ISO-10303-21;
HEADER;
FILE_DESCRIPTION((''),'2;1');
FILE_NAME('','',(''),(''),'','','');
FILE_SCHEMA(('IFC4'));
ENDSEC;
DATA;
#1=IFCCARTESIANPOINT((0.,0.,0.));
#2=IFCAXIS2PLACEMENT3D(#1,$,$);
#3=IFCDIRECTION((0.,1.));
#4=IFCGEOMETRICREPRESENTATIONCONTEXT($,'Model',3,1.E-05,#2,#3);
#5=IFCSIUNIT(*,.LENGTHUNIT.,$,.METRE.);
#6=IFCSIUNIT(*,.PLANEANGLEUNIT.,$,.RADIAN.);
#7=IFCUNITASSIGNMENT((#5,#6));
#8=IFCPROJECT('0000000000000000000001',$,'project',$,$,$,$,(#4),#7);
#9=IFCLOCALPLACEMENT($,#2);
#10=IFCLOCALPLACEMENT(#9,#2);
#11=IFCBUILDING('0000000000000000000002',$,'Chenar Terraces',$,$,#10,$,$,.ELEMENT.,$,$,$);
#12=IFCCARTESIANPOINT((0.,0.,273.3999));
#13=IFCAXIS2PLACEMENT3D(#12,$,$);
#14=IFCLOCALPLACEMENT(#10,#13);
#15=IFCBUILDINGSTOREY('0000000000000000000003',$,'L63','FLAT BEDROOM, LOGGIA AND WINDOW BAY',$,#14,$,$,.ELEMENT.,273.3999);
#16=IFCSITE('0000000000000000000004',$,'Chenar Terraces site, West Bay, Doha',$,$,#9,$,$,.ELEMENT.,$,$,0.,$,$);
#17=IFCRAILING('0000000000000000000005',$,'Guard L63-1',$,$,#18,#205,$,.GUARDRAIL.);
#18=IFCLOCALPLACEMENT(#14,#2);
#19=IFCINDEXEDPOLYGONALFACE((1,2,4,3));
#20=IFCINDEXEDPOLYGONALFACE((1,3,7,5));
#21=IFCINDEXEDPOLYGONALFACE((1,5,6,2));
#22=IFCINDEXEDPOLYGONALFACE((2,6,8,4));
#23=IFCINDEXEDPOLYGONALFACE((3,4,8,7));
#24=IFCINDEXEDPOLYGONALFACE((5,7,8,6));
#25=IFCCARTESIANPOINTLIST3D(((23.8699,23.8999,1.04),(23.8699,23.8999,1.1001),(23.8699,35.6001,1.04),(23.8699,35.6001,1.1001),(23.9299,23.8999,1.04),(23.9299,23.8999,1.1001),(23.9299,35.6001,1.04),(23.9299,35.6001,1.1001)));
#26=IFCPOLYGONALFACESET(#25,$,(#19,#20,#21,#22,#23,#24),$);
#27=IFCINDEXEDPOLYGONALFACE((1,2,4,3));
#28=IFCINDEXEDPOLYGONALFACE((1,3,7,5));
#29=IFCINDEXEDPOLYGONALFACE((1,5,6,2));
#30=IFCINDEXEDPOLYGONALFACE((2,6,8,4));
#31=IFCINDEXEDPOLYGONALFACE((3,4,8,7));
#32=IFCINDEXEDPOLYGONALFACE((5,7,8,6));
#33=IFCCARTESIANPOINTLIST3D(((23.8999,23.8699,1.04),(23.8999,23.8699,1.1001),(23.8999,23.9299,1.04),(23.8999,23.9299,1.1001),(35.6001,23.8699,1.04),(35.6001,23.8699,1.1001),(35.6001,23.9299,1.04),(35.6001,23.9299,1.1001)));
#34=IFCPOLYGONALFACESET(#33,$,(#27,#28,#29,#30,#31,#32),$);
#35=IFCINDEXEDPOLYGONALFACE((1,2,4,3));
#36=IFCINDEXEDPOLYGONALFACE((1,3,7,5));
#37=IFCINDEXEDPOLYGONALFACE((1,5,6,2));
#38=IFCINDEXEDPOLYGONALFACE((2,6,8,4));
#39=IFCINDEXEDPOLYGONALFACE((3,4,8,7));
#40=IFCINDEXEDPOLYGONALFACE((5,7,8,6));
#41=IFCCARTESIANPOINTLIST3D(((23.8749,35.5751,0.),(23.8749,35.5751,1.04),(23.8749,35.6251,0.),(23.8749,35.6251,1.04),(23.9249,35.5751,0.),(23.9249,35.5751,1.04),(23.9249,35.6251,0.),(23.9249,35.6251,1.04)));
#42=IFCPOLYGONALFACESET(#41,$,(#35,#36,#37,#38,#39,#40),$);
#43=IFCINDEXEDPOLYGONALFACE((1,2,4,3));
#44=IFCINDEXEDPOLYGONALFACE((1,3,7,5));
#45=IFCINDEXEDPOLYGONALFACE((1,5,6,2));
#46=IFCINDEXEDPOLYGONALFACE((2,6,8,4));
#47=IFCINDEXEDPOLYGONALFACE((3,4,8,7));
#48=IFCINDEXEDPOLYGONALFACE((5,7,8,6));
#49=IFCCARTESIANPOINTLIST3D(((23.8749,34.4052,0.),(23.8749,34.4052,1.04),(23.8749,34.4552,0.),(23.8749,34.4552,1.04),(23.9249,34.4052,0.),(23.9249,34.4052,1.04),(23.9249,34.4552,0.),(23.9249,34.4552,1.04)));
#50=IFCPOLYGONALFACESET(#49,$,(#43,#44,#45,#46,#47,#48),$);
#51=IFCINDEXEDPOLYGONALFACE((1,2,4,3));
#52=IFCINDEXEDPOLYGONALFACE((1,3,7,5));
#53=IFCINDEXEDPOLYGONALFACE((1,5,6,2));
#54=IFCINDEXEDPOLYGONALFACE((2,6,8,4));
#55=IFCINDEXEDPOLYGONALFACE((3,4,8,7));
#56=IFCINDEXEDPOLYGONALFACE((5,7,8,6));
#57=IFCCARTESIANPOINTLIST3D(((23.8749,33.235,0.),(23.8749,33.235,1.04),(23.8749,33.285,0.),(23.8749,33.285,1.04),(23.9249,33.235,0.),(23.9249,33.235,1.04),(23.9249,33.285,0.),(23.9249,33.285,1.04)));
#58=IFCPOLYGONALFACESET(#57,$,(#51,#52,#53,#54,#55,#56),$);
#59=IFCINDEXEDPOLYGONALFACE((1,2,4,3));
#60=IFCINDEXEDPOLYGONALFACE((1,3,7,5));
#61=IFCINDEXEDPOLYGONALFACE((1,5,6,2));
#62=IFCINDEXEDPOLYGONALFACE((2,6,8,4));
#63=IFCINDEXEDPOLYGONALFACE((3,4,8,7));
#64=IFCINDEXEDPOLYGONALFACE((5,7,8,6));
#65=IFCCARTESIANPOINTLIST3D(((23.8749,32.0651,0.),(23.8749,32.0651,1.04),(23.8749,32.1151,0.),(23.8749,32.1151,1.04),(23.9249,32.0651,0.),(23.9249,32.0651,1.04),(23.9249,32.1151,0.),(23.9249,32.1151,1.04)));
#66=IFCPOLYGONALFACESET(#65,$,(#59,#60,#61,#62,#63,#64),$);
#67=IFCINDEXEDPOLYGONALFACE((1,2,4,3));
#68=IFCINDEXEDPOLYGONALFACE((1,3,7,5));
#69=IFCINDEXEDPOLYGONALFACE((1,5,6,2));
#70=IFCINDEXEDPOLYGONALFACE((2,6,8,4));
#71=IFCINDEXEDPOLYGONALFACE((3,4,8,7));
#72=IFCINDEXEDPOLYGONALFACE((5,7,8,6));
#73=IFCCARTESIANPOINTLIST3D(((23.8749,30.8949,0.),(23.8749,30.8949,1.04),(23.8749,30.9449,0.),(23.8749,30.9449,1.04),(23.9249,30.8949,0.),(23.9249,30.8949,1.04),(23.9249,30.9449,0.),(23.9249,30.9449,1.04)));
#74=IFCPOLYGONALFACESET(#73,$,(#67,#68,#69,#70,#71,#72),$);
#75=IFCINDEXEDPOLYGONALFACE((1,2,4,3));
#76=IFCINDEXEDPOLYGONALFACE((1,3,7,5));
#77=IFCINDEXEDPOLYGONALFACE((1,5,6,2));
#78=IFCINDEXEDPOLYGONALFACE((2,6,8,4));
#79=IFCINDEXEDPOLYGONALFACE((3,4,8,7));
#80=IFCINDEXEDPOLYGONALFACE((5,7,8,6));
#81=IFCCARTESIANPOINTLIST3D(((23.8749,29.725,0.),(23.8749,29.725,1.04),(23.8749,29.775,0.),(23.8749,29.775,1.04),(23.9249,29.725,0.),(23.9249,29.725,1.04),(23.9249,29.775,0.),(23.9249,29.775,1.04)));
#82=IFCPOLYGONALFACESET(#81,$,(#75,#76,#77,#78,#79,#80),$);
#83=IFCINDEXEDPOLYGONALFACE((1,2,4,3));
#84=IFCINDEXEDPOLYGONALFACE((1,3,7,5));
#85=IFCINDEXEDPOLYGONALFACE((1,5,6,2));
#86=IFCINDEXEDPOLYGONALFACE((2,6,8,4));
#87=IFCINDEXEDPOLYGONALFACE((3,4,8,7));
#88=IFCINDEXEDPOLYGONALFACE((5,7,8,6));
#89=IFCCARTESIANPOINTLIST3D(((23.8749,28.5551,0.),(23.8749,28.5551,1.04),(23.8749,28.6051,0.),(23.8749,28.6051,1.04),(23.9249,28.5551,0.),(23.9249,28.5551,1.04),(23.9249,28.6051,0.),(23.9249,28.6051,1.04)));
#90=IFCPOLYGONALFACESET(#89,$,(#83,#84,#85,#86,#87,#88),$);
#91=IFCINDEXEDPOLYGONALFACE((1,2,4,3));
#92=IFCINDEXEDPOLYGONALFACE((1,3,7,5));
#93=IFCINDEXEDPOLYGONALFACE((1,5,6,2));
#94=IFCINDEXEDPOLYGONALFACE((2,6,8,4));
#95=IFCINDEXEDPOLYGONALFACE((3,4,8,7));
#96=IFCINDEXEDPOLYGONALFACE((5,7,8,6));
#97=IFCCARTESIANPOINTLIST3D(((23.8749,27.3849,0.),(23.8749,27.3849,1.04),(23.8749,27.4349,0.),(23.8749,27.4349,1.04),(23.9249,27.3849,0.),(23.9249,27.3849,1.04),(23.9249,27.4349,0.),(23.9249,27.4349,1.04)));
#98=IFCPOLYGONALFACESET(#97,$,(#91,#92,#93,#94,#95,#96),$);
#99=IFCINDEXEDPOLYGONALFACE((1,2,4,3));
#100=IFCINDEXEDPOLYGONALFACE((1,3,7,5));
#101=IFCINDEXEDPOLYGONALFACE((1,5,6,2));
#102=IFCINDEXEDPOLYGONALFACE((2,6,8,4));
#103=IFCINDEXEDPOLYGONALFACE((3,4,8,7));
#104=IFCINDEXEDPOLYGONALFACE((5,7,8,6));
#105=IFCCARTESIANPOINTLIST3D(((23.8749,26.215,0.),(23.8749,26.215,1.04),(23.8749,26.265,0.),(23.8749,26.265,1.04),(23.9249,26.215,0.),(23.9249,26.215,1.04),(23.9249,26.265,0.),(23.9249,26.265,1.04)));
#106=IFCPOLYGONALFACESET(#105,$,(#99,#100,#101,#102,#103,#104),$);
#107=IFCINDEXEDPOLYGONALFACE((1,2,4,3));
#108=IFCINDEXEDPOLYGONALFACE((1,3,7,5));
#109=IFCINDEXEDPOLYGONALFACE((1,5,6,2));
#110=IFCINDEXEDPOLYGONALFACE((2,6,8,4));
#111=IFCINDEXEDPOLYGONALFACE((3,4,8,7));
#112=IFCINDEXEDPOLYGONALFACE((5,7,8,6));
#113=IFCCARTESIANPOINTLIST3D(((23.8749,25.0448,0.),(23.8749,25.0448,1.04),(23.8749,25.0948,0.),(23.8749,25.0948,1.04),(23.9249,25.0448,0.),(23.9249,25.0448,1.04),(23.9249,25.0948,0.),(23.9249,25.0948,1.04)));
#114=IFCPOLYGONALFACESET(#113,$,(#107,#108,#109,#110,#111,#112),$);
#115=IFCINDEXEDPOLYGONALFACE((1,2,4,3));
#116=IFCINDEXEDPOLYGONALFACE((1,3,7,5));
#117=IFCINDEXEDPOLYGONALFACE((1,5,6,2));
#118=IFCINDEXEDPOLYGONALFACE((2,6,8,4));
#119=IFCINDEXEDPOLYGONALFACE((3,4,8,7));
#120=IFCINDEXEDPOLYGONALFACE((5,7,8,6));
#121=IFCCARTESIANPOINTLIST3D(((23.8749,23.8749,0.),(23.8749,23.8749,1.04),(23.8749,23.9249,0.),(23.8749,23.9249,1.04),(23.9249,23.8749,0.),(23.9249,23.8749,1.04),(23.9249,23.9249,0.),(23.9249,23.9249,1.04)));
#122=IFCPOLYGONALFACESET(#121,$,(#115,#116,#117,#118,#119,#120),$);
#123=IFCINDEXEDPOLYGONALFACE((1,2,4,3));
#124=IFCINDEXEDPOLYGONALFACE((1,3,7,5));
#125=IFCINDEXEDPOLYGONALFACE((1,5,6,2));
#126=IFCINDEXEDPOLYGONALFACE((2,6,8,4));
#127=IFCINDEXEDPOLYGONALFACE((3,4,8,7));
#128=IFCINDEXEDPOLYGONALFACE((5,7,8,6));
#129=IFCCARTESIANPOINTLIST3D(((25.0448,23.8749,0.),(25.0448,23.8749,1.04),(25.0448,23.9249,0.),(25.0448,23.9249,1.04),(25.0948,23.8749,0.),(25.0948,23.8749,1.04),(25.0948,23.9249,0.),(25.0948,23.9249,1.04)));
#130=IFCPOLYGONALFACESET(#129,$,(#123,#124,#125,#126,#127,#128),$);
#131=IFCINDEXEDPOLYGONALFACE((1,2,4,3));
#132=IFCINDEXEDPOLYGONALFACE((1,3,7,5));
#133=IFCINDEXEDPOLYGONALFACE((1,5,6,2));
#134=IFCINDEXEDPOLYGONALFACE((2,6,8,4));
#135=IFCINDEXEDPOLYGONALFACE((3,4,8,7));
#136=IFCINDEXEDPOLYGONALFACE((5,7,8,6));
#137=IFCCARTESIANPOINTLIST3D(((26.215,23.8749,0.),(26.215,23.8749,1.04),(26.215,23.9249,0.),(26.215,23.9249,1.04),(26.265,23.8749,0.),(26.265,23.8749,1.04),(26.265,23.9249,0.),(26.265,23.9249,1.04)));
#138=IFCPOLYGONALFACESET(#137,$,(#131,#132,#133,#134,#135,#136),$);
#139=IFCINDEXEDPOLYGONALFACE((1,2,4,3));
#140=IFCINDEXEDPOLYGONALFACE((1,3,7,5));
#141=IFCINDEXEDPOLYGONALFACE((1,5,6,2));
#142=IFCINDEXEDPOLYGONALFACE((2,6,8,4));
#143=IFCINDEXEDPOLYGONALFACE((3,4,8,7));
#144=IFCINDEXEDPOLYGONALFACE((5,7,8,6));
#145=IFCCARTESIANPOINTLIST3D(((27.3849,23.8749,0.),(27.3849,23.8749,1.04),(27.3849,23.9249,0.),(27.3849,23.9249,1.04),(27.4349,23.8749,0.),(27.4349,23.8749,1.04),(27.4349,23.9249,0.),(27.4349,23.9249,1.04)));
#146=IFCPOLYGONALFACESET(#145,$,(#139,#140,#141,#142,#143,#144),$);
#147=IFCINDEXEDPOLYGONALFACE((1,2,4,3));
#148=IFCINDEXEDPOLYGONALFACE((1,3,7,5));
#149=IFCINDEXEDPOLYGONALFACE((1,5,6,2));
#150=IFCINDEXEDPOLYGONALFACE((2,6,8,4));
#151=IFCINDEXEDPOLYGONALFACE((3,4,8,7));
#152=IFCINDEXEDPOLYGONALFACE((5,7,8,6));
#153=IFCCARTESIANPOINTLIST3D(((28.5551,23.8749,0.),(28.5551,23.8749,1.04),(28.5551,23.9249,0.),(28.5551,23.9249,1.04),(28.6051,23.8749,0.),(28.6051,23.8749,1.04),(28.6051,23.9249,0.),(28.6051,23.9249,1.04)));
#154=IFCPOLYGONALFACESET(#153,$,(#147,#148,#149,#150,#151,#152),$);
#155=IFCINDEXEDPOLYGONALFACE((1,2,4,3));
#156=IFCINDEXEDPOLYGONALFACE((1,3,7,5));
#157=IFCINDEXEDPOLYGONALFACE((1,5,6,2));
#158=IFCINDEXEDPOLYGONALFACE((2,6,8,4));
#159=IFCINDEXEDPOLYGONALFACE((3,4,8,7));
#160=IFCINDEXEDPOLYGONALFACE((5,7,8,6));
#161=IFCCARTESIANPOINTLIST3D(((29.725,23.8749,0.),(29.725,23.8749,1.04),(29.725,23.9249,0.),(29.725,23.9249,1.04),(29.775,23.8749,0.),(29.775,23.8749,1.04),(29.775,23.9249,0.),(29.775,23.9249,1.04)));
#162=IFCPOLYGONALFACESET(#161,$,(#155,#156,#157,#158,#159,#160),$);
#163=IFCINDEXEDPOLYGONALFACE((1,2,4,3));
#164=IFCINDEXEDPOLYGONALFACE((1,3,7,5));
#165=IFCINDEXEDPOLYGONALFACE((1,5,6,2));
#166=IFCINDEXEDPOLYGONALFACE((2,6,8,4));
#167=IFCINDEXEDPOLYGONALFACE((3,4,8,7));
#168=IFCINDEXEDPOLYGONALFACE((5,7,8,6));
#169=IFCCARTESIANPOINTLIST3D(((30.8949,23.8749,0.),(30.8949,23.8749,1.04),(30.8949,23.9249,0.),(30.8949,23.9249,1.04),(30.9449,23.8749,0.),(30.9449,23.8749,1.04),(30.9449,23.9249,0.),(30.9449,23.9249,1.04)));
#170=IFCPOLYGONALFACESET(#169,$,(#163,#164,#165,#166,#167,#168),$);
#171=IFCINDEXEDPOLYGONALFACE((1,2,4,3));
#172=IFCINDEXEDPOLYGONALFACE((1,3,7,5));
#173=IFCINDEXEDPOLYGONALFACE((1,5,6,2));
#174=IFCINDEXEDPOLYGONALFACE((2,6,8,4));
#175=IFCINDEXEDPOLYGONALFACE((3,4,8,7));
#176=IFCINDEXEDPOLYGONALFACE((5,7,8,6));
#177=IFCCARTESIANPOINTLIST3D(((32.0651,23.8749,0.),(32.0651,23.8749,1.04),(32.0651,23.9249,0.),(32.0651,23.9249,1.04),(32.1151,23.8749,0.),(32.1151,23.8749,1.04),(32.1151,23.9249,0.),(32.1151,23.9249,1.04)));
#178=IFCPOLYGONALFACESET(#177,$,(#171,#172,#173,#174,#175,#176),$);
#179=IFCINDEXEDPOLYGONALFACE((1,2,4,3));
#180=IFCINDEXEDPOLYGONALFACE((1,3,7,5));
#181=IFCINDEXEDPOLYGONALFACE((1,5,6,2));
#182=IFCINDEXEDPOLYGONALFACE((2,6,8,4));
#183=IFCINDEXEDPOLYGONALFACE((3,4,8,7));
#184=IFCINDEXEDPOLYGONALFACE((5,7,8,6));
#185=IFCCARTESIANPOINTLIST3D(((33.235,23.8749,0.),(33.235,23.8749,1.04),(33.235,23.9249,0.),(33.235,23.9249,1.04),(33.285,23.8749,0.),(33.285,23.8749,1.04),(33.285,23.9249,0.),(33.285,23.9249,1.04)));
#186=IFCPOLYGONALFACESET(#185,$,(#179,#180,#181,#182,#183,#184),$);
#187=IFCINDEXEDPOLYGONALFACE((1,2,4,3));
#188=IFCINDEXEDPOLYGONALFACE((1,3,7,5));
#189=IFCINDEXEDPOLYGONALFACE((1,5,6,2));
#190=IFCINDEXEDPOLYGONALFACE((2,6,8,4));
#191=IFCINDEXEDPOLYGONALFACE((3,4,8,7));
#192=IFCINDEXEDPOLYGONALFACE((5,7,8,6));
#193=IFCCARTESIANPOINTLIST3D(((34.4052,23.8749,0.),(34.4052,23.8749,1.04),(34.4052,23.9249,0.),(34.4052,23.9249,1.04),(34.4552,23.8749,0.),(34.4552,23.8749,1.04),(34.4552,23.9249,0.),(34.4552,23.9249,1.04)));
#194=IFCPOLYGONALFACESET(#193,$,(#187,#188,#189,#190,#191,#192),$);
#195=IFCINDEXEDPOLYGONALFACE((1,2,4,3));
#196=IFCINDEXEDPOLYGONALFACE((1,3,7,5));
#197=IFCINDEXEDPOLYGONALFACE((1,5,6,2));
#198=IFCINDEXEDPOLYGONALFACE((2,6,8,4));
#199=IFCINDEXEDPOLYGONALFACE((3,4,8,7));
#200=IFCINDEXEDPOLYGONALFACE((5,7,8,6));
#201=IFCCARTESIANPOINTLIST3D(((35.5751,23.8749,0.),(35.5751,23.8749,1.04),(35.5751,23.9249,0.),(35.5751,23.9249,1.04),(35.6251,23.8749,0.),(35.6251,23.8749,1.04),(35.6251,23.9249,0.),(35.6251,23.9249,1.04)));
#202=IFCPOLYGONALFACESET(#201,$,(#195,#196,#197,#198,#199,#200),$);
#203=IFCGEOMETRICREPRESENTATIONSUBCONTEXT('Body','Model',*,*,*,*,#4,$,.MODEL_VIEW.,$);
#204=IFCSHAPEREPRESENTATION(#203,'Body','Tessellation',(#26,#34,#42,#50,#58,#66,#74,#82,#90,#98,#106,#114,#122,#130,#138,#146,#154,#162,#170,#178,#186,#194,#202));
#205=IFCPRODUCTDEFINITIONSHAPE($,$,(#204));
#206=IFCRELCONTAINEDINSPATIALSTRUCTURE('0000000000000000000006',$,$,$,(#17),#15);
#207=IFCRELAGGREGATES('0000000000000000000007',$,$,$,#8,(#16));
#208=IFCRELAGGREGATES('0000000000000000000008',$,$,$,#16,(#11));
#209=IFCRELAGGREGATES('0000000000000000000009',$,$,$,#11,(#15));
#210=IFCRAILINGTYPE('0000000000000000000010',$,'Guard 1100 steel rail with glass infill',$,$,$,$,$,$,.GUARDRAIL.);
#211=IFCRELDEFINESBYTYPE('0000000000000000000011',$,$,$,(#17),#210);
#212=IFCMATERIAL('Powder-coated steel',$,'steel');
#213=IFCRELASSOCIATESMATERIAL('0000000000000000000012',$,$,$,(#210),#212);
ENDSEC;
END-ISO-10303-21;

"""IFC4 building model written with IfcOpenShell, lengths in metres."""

from ifc_helpers import new_model, si_unit, direction, frame, origin, origin_2d, place, context, subcontext, project, spatial, rectangle, extrude, material, type_object, element, save


model = new_model("IFC4")

# Units and contexts
model_context = context("Model", 3, precision=1e-05, world=origin(), true_north=direction((0.0, 1.0)))
body_context = subcontext(model_context, "Body", "Model", "MODEL_VIEW")
ifc_project = project(units=[si_unit("LENGTHUNIT", "METRE"), si_unit("PLANEANGLEUNIT", "RADIAN")], contexts=[model_context])

# Site, building, storey
site_placement = place(None, origin())
site = spatial("IfcSite", under=ifc_project, at=site_placement, Name="Chenar Terraces site, West Bay, Doha", CompositionType="ELEMENT", RefElevation=0.0)
building_placement = place(site_placement, origin())
building = spatial("IfcBuilding", under=site, at=building_placement, Name="Chenar Terraces", CompositionType="ELEMENT")
storey_placement = place(building_placement, frame((0.0, 0.0, 273.3999)))
storey = spatial("IfcBuildingStorey", under=building, at=storey_placement, Name="L63", Description="FLAT BEDROOM, LOGGIA AND WINDOW BAY", CompositionType="ELEMENT", Elevation=273.3999)

# Railing
ifc_material_1 = material(Name="Powder-coated steel", Category="steel")
railing_type = type_object("IfcRailingType", Name="Guard 1100 steel rail with glass infill", PredefinedType="GUARDRAIL", material=ifc_material_1)
railing_1_placement = place(storey_placement, frame((23.8999, 35.6001, 0.0)))
element("IfcRailing", 1, at=railing_1_placement, inside=storey, type_object=railing_type, Name="Guard L63-1", PredefinedType="GUARDRAIL", context=body_context, shape_type="SweptSolid", body=[
    extrude(rectangle(XDim=0.0601, YDim=0.0601, at=origin_2d()), frame((0.0, 0.0, 1.0701), z_axis=(0.0, -1.0, 0.0), x_axis=(1.0, 0.0, 0.0)), (0.0, 0.0, 1.0), 11.7002),
    extrude(rectangle(XDim=0.0601, YDim=0.0601, at=origin_2d()), frame((0.0, -11.7002, 1.0701), z_axis=(1.0, 0.0, 0.0), x_axis=(0.0, 1.0, 0.0)), (0.0, 0.0, 1.0), 11.7002),
    extrude(rectangle(XDim=0.05, YDim=0.05, at=origin_2d()), origin(), (0.0, 0.0, 1.0), 1.04),
    extrude(rectangle(XDim=0.05, YDim=0.05, at=origin_2d()), frame((0.0, -1.1699, 0.0)), (0.0, 0.0, 1.0), 1.04),
    extrude(rectangle(XDim=0.05, YDim=0.05, at=origin_2d()), frame((0.0, -2.3401, 0.0)), (0.0, 0.0, 1.0), 1.04),
    extrude(rectangle(XDim=0.05, YDim=0.05, at=origin_2d()), frame((0.0, -3.51, 0.0)), (0.0, 0.0, 1.0), 1.04),
    extrude(rectangle(XDim=0.05, YDim=0.05, at=origin_2d()), frame((0.0, -4.6802, 0.0)), (0.0, 0.0, 1.0), 1.04),
    extrude(rectangle(XDim=0.05, YDim=0.05, at=origin_2d()), frame((0.0, -5.8501, 0.0)), (0.0, 0.0, 1.0), 1.04),
    extrude(rectangle(XDim=0.05, YDim=0.05, at=origin_2d()), frame((0.0, -7.02, 0.0)), (0.0, 0.0, 1.0), 1.04),
    extrude(rectangle(XDim=0.05, YDim=0.05, at=origin_2d()), frame((0.0, -8.1902, 0.0)), (0.0, 0.0, 1.0), 1.04),
    extrude(rectangle(XDim=0.05, YDim=0.05, at=origin_2d()), frame((0.0, -9.3601, 0.0)), (0.0, 0.0, 1.0), 1.04),
    extrude(rectangle(XDim=0.05, YDim=0.05, at=origin_2d()), frame((0.0, -10.5303, 0.0)), (0.0, 0.0, 1.0), 1.04),
    extrude(rectangle(XDim=0.05, YDim=0.05, at=origin_2d()), frame((0.0, -11.7002, 0.0)), (0.0, 0.0, 1.0), 1.04),
    extrude(rectangle(XDim=0.05, YDim=0.05, at=origin_2d()), frame((1.1699, -11.7002, 0.0)), (0.0, 0.0, 1.0), 1.04),
    extrude(rectangle(XDim=0.05, YDim=0.05, at=origin_2d()), frame((2.3401, -11.7002, 0.0)), (0.0, 0.0, 1.0), 1.04),
    extrude(rectangle(XDim=0.05, YDim=0.05, at=origin_2d()), frame((3.51, -11.7002, 0.0)), (0.0, 0.0, 1.0), 1.04),
    extrude(rectangle(XDim=0.05, YDim=0.05, at=origin_2d()), frame((4.6802, -11.7002, 0.0)), (0.0, 0.0, 1.0), 1.04),
    extrude(rectangle(XDim=0.05, YDim=0.05, at=origin_2d()), frame((5.8501, -11.7002, 0.0)), (0.0, 0.0, 1.0), 1.04),
    extrude(rectangle(XDim=0.05, YDim=0.05, at=origin_2d()), frame((7.02, -11.7002, 0.0)), (0.0, 0.0, 1.0), 1.04),
    extrude(rectangle(XDim=0.05, YDim=0.05, at=origin_2d()), frame((8.1902, -11.7002, 0.0)), (0.0, 0.0, 1.0), 1.04),
    extrude(rectangle(XDim=0.05, YDim=0.05, at=origin_2d()), frame((9.3601, -11.7002, 0.0)), (0.0, 0.0, 1.0), 1.04),
    extrude(rectangle(XDim=0.05, YDim=0.05, at=origin_2d()), frame((10.5303, -11.7002, 0.0)), (0.0, 0.0, 1.0), 1.04),
    extrude(rectangle(XDim=0.05, YDim=0.05, at=origin_2d()), frame((11.7002, -11.7002, 0.0)), (0.0, 0.0, 1.0), 1.04),
])

save(model, "model.ifc")
